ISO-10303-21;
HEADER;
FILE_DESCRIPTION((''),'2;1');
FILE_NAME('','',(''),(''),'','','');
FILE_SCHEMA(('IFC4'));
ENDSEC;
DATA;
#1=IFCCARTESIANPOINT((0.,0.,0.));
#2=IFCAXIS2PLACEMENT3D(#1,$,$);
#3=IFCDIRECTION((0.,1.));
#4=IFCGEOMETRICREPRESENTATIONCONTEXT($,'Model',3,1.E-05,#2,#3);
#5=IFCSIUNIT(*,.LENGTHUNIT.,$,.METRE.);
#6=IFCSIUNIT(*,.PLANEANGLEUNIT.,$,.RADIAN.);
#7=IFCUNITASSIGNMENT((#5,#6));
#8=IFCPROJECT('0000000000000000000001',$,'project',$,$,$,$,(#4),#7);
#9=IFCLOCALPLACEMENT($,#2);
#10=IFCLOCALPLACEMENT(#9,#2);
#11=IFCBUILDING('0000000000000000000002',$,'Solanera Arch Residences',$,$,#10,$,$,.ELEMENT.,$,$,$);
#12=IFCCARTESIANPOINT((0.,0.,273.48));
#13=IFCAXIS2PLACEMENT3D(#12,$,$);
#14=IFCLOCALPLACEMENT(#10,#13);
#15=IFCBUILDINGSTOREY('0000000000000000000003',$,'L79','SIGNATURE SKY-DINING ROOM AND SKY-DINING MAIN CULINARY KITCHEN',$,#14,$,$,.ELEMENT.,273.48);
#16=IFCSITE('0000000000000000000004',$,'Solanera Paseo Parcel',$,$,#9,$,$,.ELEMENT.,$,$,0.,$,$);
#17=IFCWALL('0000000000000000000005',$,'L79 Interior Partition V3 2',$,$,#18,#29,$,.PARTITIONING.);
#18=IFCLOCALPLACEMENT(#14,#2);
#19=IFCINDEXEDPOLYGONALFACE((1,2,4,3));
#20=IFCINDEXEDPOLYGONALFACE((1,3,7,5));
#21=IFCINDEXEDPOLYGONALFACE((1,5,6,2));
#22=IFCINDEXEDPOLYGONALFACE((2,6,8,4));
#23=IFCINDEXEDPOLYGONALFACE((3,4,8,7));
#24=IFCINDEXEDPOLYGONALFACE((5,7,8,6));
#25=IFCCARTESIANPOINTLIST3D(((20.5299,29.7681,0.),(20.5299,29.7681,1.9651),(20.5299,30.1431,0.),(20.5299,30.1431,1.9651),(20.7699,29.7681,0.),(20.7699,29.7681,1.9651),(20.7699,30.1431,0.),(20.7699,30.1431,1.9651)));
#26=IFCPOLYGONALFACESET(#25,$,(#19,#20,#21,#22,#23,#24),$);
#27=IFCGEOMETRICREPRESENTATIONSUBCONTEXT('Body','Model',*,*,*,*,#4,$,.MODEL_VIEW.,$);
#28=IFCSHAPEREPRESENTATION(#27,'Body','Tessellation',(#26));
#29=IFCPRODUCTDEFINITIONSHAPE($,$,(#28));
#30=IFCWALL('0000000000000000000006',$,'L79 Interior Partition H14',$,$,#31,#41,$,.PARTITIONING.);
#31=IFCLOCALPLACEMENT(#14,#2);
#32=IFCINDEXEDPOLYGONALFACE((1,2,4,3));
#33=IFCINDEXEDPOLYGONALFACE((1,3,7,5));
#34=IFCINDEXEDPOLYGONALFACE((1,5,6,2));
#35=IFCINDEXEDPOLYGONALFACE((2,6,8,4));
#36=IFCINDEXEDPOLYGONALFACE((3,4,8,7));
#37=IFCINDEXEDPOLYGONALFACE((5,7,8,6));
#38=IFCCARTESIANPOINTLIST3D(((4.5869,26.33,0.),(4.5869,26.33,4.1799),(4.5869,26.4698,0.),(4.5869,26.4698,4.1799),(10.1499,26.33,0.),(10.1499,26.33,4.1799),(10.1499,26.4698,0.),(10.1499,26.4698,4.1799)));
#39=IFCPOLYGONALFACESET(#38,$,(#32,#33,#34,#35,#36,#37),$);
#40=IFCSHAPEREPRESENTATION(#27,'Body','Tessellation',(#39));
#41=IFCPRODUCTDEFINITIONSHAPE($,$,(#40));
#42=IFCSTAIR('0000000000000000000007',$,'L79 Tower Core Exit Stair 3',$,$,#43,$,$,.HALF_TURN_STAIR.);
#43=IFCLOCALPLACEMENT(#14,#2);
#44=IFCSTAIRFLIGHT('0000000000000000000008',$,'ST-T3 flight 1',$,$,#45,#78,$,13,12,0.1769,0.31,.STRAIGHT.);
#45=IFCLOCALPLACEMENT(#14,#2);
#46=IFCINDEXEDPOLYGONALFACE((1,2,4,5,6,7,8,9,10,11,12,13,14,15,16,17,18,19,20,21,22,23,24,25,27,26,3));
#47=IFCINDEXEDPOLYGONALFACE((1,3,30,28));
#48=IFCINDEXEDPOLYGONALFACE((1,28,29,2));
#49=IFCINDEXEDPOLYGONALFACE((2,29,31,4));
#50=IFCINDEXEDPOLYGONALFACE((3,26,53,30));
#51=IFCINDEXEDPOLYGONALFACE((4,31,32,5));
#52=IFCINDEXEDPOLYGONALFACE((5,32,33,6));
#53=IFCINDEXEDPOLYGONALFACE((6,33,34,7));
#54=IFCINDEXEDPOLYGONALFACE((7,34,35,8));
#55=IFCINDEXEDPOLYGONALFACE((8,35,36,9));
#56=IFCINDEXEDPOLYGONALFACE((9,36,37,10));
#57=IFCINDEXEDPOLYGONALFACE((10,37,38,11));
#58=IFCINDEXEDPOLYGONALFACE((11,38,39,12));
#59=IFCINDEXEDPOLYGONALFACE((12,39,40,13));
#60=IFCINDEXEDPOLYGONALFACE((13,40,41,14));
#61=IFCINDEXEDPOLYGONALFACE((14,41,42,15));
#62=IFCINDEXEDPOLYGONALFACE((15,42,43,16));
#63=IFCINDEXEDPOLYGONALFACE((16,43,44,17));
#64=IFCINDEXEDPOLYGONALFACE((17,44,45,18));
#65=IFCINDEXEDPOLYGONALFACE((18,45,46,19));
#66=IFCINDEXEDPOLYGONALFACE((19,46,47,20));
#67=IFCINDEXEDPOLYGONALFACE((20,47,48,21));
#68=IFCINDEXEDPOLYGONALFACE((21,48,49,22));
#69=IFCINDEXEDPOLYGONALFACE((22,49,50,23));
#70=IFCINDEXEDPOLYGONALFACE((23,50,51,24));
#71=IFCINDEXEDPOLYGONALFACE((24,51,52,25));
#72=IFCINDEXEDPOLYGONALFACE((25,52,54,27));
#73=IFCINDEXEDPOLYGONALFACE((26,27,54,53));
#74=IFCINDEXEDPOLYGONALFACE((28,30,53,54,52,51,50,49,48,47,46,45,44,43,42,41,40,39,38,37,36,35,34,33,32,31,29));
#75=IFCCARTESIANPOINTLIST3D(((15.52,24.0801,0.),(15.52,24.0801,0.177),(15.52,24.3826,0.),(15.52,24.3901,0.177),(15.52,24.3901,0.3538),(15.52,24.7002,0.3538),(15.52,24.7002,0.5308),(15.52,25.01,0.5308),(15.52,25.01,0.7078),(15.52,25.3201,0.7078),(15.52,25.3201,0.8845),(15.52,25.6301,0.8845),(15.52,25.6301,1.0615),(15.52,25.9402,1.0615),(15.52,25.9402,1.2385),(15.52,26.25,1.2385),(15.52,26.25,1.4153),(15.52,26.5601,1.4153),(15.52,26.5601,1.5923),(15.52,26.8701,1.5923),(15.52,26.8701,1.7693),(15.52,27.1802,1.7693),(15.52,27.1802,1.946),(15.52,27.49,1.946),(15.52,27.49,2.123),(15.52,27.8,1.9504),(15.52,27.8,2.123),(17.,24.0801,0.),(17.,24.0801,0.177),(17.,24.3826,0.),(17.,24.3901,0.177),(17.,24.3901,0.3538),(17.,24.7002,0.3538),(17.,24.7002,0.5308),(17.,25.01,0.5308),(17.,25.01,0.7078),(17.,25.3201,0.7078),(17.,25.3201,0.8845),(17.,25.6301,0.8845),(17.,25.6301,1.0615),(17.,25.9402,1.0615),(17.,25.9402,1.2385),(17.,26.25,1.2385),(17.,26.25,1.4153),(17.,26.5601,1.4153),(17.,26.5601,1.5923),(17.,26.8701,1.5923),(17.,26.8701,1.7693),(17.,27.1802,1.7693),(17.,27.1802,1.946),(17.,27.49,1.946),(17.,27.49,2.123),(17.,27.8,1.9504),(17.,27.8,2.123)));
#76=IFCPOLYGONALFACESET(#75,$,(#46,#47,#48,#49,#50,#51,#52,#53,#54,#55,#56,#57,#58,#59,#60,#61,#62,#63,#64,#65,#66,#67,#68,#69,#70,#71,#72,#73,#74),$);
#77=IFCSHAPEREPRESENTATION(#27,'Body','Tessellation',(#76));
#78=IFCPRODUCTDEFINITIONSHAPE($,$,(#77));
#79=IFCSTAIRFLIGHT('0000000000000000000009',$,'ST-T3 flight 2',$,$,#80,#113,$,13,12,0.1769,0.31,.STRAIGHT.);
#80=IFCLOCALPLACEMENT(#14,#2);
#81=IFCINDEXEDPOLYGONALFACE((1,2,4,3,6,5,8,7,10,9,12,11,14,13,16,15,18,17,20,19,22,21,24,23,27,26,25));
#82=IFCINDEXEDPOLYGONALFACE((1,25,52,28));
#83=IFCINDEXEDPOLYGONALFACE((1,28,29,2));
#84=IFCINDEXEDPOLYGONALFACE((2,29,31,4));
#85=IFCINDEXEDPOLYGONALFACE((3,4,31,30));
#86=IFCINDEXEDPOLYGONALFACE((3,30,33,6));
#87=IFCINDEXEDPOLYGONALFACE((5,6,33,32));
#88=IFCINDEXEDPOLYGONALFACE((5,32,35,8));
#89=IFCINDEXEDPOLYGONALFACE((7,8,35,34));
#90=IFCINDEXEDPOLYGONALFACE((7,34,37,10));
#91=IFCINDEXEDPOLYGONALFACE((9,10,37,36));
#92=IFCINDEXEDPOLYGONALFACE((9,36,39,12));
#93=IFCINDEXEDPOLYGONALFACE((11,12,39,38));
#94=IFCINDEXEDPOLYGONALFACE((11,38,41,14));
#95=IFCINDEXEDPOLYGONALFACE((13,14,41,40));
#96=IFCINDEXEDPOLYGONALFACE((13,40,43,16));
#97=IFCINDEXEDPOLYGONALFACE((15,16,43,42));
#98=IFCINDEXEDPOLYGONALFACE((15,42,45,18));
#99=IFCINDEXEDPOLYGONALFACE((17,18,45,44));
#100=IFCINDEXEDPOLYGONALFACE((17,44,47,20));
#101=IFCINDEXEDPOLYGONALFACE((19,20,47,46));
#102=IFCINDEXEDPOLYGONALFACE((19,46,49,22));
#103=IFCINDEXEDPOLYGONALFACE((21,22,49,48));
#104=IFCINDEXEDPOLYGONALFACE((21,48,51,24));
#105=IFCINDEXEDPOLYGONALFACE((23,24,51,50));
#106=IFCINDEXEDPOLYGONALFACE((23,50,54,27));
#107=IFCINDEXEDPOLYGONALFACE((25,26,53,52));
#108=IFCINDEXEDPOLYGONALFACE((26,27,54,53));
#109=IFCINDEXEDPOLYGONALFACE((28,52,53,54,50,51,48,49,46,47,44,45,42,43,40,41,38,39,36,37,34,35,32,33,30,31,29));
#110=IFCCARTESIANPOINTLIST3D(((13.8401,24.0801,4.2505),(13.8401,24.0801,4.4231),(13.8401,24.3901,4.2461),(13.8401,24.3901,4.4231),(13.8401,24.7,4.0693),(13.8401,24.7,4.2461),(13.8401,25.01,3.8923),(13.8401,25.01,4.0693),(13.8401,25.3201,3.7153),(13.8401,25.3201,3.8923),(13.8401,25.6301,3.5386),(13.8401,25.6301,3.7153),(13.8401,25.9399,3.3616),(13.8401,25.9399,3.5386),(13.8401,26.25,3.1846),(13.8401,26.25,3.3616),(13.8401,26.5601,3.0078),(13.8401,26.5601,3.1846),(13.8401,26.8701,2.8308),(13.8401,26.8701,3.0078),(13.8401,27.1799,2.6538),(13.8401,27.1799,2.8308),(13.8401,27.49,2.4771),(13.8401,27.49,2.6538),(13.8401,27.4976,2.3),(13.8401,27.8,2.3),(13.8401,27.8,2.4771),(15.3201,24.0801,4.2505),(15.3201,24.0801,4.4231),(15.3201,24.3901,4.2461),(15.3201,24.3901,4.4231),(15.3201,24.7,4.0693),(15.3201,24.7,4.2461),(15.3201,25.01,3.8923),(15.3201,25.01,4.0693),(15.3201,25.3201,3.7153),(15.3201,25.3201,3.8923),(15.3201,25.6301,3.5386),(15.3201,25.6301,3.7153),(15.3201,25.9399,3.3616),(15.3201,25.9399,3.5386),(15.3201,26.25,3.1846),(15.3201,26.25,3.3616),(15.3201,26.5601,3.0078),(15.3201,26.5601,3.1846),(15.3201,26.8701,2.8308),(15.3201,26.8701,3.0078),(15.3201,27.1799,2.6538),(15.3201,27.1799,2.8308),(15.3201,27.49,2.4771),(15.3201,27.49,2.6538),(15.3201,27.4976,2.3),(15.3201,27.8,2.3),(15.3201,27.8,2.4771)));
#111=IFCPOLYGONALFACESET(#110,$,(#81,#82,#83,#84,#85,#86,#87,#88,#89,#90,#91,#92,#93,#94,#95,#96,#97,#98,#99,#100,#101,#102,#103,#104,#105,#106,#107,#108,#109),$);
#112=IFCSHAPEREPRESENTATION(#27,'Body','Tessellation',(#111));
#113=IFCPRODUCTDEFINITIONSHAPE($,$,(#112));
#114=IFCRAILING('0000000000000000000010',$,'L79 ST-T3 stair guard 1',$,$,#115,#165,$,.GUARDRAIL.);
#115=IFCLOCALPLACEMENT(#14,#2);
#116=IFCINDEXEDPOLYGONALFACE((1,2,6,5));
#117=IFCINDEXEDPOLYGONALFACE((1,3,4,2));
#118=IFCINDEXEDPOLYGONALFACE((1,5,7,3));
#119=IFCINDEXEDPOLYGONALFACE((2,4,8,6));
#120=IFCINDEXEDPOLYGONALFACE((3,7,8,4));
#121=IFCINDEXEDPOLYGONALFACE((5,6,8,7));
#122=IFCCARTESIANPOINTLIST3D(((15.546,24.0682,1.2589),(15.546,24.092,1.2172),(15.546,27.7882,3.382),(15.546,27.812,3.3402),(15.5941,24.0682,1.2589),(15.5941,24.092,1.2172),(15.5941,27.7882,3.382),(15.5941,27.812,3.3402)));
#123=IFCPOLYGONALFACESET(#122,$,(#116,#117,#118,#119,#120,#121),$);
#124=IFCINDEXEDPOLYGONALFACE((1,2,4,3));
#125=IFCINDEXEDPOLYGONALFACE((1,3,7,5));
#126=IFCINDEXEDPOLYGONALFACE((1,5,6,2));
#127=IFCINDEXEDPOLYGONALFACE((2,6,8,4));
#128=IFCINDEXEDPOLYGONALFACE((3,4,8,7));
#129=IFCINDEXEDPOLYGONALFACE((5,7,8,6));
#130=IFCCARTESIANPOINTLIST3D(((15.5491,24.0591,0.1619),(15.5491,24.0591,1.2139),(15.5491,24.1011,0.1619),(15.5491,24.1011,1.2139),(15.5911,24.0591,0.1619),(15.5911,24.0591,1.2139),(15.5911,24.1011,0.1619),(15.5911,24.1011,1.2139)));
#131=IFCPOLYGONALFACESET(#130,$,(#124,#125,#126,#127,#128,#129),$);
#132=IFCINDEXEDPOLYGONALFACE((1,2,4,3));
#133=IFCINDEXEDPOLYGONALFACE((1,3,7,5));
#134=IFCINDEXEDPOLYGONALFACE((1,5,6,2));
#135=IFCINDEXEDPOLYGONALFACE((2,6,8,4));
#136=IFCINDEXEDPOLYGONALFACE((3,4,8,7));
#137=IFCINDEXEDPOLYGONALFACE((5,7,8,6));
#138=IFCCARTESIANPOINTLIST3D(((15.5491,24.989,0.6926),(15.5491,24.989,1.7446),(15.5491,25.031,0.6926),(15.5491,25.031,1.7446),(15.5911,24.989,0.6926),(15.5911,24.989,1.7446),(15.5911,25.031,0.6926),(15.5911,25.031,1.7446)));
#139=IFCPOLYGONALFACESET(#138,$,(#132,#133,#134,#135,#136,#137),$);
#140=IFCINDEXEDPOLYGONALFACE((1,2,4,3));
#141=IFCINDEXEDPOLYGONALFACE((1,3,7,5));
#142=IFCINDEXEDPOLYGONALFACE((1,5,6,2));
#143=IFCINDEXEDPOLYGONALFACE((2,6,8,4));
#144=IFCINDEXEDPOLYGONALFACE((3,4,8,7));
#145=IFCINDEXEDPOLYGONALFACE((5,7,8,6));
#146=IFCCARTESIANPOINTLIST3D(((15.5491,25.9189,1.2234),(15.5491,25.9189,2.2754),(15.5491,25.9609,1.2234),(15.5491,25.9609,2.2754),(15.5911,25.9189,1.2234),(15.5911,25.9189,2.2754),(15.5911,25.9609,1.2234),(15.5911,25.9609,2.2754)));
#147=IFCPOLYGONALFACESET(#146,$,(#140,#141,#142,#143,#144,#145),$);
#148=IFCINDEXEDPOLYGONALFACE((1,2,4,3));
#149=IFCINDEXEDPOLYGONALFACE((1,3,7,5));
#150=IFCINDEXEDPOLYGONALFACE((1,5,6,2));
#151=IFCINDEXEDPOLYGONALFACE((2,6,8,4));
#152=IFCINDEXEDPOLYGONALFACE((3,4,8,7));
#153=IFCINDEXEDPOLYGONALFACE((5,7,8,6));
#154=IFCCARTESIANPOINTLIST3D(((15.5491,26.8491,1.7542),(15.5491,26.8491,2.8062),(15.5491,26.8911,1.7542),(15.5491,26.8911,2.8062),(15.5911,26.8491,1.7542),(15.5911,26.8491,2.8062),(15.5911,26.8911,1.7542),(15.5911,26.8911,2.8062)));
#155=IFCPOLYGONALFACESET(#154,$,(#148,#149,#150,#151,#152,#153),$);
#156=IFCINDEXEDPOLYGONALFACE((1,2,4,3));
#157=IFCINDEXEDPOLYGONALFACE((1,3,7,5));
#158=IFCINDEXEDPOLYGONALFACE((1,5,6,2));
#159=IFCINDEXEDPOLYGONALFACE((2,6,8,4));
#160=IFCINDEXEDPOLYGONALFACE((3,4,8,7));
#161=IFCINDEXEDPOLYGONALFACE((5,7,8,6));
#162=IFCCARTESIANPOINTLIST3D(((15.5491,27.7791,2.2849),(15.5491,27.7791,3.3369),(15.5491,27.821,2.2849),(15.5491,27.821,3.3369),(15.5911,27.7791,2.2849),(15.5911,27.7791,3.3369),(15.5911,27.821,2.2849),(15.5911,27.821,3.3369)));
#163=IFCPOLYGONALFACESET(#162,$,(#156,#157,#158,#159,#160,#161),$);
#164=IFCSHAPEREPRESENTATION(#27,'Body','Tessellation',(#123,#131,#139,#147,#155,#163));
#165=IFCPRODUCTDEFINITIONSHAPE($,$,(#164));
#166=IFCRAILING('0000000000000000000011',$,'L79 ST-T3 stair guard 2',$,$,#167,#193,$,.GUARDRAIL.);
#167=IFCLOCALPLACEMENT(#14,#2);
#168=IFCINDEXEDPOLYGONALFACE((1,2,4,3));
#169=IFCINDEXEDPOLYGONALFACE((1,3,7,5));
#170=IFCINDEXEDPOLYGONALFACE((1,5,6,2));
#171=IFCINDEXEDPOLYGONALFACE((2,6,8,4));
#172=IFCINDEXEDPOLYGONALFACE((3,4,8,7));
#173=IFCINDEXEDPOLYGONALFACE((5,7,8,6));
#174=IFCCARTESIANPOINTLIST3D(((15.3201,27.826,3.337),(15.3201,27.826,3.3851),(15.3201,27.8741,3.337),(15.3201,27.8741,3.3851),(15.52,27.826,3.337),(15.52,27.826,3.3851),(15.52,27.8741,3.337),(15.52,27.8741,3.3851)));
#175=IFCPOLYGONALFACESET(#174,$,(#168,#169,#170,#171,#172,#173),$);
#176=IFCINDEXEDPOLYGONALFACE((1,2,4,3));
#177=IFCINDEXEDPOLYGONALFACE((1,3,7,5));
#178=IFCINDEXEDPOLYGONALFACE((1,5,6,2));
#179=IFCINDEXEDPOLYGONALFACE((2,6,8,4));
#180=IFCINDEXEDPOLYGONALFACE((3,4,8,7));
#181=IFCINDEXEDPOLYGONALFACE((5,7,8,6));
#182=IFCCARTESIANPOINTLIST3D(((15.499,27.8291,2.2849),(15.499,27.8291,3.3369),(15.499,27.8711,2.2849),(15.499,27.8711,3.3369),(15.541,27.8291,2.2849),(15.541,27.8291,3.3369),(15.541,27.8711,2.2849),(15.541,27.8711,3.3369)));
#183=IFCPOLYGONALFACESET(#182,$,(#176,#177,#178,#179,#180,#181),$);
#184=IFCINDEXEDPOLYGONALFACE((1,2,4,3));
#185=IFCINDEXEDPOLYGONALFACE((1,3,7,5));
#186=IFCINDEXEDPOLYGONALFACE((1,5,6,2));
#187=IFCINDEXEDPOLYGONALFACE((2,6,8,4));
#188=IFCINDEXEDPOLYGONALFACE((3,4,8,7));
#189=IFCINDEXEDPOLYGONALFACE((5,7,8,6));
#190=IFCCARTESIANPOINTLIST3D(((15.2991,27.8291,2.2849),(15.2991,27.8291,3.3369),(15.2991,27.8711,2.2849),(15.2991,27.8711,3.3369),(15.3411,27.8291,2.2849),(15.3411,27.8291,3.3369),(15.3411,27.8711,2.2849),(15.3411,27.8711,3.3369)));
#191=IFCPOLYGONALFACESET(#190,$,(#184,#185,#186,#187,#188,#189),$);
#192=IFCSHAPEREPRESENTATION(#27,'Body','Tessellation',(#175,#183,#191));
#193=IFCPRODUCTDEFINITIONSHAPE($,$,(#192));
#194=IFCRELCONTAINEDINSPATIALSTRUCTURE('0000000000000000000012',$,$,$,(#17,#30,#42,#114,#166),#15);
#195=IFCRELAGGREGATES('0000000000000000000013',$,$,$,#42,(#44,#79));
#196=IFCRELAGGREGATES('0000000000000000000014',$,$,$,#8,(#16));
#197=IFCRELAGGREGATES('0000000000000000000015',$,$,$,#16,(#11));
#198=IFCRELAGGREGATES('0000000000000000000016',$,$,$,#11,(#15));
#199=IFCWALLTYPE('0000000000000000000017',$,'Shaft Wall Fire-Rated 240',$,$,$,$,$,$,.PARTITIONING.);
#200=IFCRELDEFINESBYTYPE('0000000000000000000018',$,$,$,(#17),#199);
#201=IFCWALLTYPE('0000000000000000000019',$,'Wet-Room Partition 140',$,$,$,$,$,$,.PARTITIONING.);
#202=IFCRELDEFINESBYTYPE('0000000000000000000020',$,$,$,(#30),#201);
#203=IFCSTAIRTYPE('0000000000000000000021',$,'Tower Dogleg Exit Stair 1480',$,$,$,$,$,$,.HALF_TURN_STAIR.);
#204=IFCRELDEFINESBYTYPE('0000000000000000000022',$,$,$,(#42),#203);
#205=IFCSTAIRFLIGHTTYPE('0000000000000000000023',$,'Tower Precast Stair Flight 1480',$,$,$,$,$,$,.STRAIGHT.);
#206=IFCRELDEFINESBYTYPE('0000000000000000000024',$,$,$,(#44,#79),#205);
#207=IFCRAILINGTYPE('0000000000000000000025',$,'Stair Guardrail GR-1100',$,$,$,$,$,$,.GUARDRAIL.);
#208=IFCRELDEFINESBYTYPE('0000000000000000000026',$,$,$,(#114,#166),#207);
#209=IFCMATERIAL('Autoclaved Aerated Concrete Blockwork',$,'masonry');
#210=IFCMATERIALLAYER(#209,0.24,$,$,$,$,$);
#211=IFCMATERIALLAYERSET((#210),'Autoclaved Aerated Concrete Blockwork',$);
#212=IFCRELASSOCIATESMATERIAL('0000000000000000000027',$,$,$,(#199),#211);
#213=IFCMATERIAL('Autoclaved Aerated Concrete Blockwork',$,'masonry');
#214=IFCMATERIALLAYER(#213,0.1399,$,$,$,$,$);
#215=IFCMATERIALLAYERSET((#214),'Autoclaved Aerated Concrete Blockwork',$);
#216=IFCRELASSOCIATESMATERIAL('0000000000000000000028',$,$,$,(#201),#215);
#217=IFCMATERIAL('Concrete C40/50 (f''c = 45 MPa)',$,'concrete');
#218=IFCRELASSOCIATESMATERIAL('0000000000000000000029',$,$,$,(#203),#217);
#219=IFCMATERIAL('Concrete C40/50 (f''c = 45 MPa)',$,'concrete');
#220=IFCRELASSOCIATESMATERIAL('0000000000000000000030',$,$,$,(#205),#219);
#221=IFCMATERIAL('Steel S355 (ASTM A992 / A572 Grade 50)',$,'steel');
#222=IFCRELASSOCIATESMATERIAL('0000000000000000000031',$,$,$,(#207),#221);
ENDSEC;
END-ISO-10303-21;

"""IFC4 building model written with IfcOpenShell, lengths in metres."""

from ifc_helpers import new_model, si_unit, direction, frame, frame_2d, origin, origin_2d, place, context, subcontext, project, spatial, polyline, rectangle, outline, extrude, material, layer, layer_set, type_object, element, aggregate, save


model = new_model("IFC4")

# Units and contexts
model_context = context("Model", 3, precision=1e-05, world=origin(), true_north=direction((0.0, 1.0)))
body_context = subcontext(model_context, "Body", "Model", "MODEL_VIEW")
ifc_project = project(units=[si_unit("LENGTHUNIT", "METRE"), si_unit("PLANEANGLEUNIT", "RADIAN")], contexts=[model_context])

# Site, building, storey
site_placement = place(None, origin())
site = spatial("IfcSite", under=ifc_project, at=site_placement, Name="Solanera Paseo Parcel", CompositionType="ELEMENT", RefElevation=0.0)
building_placement = place(site_placement, origin())
building = spatial("IfcBuilding", under=site, at=building_placement, Name="Solanera Arch Residences", CompositionType="ELEMENT")
storey_placement = place(building_placement, frame((0.0, 0.0, 273.48)))
storey = spatial("IfcBuildingStorey", under=building, at=storey_placement, Name="L79", Description="SIGNATURE SKY-DINING ROOM AND SKY-DINING MAIN CULINARY KITCHEN", CompositionType="ELEMENT", Elevation=273.48)

# Shared definitions
ifc_material_1 = material(Name="Autoclaved Aerated Concrete Blockwork", Category="masonry")
ifc_layer_1 = layer(ifc_material_1, 0.24)
ifc_layer_set_1 = layer_set([ifc_layer_1], Name="Autoclaved Aerated Concrete Blockwork")
wall_type_1 = type_object("IfcWallType", Name="Shaft Wall Fire-Rated 240", PredefinedType="PARTITIONING", material=ifc_layer_set_1)

# Walls
wall_1_placement = place(storey_placement, frame((20.6499, 29.7681, 0.0), z_axis=(0.0, 0.0, 1.0), x_axis=(0.0, 1.0, 0.0)))
element("IfcWall", 1, at=wall_1_placement, inside=storey, type_object=wall_type_1, Name="L79 Interior Partition V3 2", PredefinedType="PARTITIONING", context=body_context, shape_type="SweptSolid", body=[
    extrude(rectangle(XDim=0.375, YDim=0.24, at=frame_2d((0.1875, 0.0))), origin(), (0.0, 0.0, 1.0), 1.9651),
])
ifc_material_2 = material(Name="Autoclaved Aerated Concrete Blockwork", Category="masonry")
ifc_layer_2 = layer(ifc_material_2, 0.1399)
ifc_layer_set_2 = layer_set([ifc_layer_2], Name="Autoclaved Aerated Concrete Blockwork")
wall_type_2 = type_object("IfcWallType", Name="Wet-Room Partition 140", PredefinedType="PARTITIONING", material=ifc_layer_set_2)
wall_2_placement = place(storey_placement, frame((4.5869, 26.3999, 0.0), z_axis=(0.0, 0.0, 1.0), x_axis=(1.0, 0.0, 0.0)))
element("IfcWall", 2, at=wall_2_placement, inside=storey, type_object=wall_type_2, Name="L79 Interior Partition H14", PredefinedType="PARTITIONING", context=body_context, shape_type="SweptSolid", body=[
    extrude(rectangle(XDim=5.563, YDim=0.1399, at=frame_2d((2.7815, 0.0))), origin(), (0.0, 0.0, 1.0), 4.1799),
])

# Stair, stair flights
ifc_material_3 = material(Name="Concrete C40/50 (f'c = 45 MPa)", Category="concrete")
stair_type = type_object("IfcStairType", Name="Tower Dogleg Exit Stair 1480", PredefinedType="HALF_TURN_STAIR", material=ifc_material_3)
stair_placement = place(storey_placement, origin())
stair = element("IfcStair", 3, at=stair_placement, inside=storey, type_object=stair_type, Name="L79 Tower Core Exit Stair 3", PredefinedType="HALF_TURN_STAIR")
ifc_material_4 = material(Name="Concrete C40/50 (f'c = 45 MPa)", Category="concrete")
stair_flight_type = type_object("IfcStairFlightType", Name="Tower Precast Stair Flight 1480", PredefinedType="STRAIGHT", material=ifc_material_4)
stair_flight_1_placement = place(storey_placement, frame((16.26, 24.0801, 0.0), z_axis=(0.0, 0.0, 1.0), x_axis=(0.0, 1.0, 0.0)))
stair_flight_1 = element("IfcStairFlight", 4, at=stair_flight_1_placement, type_object=stair_flight_type, Name="ST-T3 flight 1", NumberOfRisers=13, NumberOfTreads=12, PredefinedType="STRAIGHT", RiserHeight=0.1769, TreadLength=0.31, context=body_context, shape_type="SweptSolid", body=[
    extrude(outline(polyline([(0.0, 0.0), (0.0, 0.177), (0.3101, 0.177), (0.3101, 0.3538), (0.6201, 0.3538), (0.6201, 0.5308), (0.9299, 0.5308), (0.9299, 0.7078), (1.24, 0.7078), (1.24, 0.8845), (1.55, 0.8845), (1.55, 1.0615), (1.8601, 1.0615), (1.8601, 1.2385), (2.1699, 1.2385), (2.1699, 1.4153), (2.48, 1.4153), (2.48, 1.5923), (2.79, 1.5923), (2.79, 1.7693), (3.1001, 1.7693), (3.1001, 1.946), (3.4099, 1.946), (3.4099, 2.123), (3.72, 2.123), (3.72, 2.3), (3.72, 1.9504), (0.3025, 0.0), (0.0, 0.0)])), frame((0.0, 0.74, 0.0), z_axis=(0.0, -1.0, 0.0), x_axis=(1.0, 0.0, 0.0)), (0.0, 0.0, 1.0), 1.48),
])
stair_flight_2_placement = place(storey_placement, frame((14.5801, 27.8, 2.3), z_axis=(0.0, 0.0, 1.0), x_axis=(0.0, -1.0, 0.0)))
stair_flight_2 = element("IfcStairFlight", 5, at=stair_flight_2_placement, type_object=stair_flight_type, Name="ST-T3 flight 2", NumberOfRisers=13, NumberOfTreads=12, PredefinedType="STRAIGHT", RiserHeight=0.1769, TreadLength=0.31, context=body_context, shape_type="SweptSolid", body=[
    extrude(outline(polyline([(0.0, 0.0), (0.0, 0.177), (0.3101, 0.177), (0.3101, 0.3538), (0.6201, 0.3538), (0.6201, 0.5308), (0.9299, 0.5308), (0.9299, 0.7078), (1.24, 0.7078), (1.24, 0.8845), (1.55, 0.8845), (1.55, 1.0615), (1.8601, 1.0615), (1.8601, 1.2385), (2.1699, 1.2385), (2.1699, 1.4153), (2.48, 1.4153), (2.48, 1.5923), (2.79, 1.5923), (2.79, 1.7693), (3.1001, 1.7693), (3.1001, 1.946), (3.4099, 1.946), (3.4099, 2.123), (3.72, 2.123), (3.72, 2.3), (3.72, 1.9504), (0.3025, 0.0), (0.0, 0.0)])), frame((0.0, 0.74, 0.0), z_axis=(0.0, -1.0, 0.0), x_axis=(1.0, 0.0, 0.0)), (0.0, 0.0, 1.0), 1.48),
])
aggregate(stair, [stair_flight_1, stair_flight_2])

# Railings
ifc_material_5 = material(Name="Steel S355 (ASTM A992 / A572 Grade 50)", Category="steel")
railing_type_1 = type_object("IfcRailingType", Name="Stair Guardrail GR-1100", PredefinedType="GUARDRAIL", material=ifc_material_5)
railing_1_placement = place(storey_placement, frame((15.5701, 24.0801, 0.1619)))
element("IfcRailing", 6, at=railing_1_placement, inside=storey, type_object=railing_type_1, Name="L79 ST-T3 stair guard 1", PredefinedType="GUARDRAIL", context=body_context, shape_type="SweptSolid", body=[
    extrude(rectangle(XDim=0.0481, YDim=0.0481, at=origin_2d()), frame((0.0, 0.0, 1.0762), z_axis=(0.0, 0.86851, 0.495672), x_axis=(-1.0, 0.0, 0.0)), (0.0, 0.0, 1.0), 4.2832),
    extrude(rectangle(XDim=0.042, YDim=0.042, at=origin_2d()), origin(), (0.0, 0.0, 1.0), 1.052),
    extrude(rectangle(XDim=0.042, YDim=0.042, at=origin_2d()), frame((0.0, 0.9299, 0.5308)), (0.0, 0.0, 1.0), 1.052),
    extrude(rectangle(XDim=0.042, YDim=0.042, at=origin_2d()), frame((0.0, 1.8599, 1.0615)), (0.0, 0.0, 1.0), 1.052),
    extrude(rectangle(XDim=0.042, YDim=0.042, at=origin_2d()), frame((0.0, 2.79, 1.5923)), (0.0, 0.0, 1.0), 1.052),
    extrude(rectangle(XDim=0.042, YDim=0.042, at=origin_2d()), frame((0.0, 3.72, 2.123)), (0.0, 0.0, 1.0), 1.052),
])
railing_2_placement = place(storey_placement, frame((15.52, 27.8501, 2.2849)))
element("IfcRailing", 7, at=railing_2_placement, inside=storey, type_object=railing_type_1, Name="L79 ST-T3 stair guard 2", PredefinedType="GUARDRAIL", context=body_context, shape_type="SweptSolid", body=[
    extrude(rectangle(XDim=0.0481, YDim=0.0481, at=origin_2d()), frame((0.0, 0.0, 1.0762), z_axis=(-1.0, 0.0, 0.0), x_axis=(0.0, -1.0, 0.0)), (0.0, 0.0, 1.0), 0.2),
    extrude(rectangle(XDim=0.042, YDim=0.042, at=origin_2d()), origin(), (0.0, 0.0, 1.0), 1.052),
    extrude(rectangle(XDim=0.042, YDim=0.042, at=origin_2d()), frame((-0.2, 0.0, 0.0)), (0.0, 0.0, 1.0), 1.052),
])

save(model, "model.ifc")
